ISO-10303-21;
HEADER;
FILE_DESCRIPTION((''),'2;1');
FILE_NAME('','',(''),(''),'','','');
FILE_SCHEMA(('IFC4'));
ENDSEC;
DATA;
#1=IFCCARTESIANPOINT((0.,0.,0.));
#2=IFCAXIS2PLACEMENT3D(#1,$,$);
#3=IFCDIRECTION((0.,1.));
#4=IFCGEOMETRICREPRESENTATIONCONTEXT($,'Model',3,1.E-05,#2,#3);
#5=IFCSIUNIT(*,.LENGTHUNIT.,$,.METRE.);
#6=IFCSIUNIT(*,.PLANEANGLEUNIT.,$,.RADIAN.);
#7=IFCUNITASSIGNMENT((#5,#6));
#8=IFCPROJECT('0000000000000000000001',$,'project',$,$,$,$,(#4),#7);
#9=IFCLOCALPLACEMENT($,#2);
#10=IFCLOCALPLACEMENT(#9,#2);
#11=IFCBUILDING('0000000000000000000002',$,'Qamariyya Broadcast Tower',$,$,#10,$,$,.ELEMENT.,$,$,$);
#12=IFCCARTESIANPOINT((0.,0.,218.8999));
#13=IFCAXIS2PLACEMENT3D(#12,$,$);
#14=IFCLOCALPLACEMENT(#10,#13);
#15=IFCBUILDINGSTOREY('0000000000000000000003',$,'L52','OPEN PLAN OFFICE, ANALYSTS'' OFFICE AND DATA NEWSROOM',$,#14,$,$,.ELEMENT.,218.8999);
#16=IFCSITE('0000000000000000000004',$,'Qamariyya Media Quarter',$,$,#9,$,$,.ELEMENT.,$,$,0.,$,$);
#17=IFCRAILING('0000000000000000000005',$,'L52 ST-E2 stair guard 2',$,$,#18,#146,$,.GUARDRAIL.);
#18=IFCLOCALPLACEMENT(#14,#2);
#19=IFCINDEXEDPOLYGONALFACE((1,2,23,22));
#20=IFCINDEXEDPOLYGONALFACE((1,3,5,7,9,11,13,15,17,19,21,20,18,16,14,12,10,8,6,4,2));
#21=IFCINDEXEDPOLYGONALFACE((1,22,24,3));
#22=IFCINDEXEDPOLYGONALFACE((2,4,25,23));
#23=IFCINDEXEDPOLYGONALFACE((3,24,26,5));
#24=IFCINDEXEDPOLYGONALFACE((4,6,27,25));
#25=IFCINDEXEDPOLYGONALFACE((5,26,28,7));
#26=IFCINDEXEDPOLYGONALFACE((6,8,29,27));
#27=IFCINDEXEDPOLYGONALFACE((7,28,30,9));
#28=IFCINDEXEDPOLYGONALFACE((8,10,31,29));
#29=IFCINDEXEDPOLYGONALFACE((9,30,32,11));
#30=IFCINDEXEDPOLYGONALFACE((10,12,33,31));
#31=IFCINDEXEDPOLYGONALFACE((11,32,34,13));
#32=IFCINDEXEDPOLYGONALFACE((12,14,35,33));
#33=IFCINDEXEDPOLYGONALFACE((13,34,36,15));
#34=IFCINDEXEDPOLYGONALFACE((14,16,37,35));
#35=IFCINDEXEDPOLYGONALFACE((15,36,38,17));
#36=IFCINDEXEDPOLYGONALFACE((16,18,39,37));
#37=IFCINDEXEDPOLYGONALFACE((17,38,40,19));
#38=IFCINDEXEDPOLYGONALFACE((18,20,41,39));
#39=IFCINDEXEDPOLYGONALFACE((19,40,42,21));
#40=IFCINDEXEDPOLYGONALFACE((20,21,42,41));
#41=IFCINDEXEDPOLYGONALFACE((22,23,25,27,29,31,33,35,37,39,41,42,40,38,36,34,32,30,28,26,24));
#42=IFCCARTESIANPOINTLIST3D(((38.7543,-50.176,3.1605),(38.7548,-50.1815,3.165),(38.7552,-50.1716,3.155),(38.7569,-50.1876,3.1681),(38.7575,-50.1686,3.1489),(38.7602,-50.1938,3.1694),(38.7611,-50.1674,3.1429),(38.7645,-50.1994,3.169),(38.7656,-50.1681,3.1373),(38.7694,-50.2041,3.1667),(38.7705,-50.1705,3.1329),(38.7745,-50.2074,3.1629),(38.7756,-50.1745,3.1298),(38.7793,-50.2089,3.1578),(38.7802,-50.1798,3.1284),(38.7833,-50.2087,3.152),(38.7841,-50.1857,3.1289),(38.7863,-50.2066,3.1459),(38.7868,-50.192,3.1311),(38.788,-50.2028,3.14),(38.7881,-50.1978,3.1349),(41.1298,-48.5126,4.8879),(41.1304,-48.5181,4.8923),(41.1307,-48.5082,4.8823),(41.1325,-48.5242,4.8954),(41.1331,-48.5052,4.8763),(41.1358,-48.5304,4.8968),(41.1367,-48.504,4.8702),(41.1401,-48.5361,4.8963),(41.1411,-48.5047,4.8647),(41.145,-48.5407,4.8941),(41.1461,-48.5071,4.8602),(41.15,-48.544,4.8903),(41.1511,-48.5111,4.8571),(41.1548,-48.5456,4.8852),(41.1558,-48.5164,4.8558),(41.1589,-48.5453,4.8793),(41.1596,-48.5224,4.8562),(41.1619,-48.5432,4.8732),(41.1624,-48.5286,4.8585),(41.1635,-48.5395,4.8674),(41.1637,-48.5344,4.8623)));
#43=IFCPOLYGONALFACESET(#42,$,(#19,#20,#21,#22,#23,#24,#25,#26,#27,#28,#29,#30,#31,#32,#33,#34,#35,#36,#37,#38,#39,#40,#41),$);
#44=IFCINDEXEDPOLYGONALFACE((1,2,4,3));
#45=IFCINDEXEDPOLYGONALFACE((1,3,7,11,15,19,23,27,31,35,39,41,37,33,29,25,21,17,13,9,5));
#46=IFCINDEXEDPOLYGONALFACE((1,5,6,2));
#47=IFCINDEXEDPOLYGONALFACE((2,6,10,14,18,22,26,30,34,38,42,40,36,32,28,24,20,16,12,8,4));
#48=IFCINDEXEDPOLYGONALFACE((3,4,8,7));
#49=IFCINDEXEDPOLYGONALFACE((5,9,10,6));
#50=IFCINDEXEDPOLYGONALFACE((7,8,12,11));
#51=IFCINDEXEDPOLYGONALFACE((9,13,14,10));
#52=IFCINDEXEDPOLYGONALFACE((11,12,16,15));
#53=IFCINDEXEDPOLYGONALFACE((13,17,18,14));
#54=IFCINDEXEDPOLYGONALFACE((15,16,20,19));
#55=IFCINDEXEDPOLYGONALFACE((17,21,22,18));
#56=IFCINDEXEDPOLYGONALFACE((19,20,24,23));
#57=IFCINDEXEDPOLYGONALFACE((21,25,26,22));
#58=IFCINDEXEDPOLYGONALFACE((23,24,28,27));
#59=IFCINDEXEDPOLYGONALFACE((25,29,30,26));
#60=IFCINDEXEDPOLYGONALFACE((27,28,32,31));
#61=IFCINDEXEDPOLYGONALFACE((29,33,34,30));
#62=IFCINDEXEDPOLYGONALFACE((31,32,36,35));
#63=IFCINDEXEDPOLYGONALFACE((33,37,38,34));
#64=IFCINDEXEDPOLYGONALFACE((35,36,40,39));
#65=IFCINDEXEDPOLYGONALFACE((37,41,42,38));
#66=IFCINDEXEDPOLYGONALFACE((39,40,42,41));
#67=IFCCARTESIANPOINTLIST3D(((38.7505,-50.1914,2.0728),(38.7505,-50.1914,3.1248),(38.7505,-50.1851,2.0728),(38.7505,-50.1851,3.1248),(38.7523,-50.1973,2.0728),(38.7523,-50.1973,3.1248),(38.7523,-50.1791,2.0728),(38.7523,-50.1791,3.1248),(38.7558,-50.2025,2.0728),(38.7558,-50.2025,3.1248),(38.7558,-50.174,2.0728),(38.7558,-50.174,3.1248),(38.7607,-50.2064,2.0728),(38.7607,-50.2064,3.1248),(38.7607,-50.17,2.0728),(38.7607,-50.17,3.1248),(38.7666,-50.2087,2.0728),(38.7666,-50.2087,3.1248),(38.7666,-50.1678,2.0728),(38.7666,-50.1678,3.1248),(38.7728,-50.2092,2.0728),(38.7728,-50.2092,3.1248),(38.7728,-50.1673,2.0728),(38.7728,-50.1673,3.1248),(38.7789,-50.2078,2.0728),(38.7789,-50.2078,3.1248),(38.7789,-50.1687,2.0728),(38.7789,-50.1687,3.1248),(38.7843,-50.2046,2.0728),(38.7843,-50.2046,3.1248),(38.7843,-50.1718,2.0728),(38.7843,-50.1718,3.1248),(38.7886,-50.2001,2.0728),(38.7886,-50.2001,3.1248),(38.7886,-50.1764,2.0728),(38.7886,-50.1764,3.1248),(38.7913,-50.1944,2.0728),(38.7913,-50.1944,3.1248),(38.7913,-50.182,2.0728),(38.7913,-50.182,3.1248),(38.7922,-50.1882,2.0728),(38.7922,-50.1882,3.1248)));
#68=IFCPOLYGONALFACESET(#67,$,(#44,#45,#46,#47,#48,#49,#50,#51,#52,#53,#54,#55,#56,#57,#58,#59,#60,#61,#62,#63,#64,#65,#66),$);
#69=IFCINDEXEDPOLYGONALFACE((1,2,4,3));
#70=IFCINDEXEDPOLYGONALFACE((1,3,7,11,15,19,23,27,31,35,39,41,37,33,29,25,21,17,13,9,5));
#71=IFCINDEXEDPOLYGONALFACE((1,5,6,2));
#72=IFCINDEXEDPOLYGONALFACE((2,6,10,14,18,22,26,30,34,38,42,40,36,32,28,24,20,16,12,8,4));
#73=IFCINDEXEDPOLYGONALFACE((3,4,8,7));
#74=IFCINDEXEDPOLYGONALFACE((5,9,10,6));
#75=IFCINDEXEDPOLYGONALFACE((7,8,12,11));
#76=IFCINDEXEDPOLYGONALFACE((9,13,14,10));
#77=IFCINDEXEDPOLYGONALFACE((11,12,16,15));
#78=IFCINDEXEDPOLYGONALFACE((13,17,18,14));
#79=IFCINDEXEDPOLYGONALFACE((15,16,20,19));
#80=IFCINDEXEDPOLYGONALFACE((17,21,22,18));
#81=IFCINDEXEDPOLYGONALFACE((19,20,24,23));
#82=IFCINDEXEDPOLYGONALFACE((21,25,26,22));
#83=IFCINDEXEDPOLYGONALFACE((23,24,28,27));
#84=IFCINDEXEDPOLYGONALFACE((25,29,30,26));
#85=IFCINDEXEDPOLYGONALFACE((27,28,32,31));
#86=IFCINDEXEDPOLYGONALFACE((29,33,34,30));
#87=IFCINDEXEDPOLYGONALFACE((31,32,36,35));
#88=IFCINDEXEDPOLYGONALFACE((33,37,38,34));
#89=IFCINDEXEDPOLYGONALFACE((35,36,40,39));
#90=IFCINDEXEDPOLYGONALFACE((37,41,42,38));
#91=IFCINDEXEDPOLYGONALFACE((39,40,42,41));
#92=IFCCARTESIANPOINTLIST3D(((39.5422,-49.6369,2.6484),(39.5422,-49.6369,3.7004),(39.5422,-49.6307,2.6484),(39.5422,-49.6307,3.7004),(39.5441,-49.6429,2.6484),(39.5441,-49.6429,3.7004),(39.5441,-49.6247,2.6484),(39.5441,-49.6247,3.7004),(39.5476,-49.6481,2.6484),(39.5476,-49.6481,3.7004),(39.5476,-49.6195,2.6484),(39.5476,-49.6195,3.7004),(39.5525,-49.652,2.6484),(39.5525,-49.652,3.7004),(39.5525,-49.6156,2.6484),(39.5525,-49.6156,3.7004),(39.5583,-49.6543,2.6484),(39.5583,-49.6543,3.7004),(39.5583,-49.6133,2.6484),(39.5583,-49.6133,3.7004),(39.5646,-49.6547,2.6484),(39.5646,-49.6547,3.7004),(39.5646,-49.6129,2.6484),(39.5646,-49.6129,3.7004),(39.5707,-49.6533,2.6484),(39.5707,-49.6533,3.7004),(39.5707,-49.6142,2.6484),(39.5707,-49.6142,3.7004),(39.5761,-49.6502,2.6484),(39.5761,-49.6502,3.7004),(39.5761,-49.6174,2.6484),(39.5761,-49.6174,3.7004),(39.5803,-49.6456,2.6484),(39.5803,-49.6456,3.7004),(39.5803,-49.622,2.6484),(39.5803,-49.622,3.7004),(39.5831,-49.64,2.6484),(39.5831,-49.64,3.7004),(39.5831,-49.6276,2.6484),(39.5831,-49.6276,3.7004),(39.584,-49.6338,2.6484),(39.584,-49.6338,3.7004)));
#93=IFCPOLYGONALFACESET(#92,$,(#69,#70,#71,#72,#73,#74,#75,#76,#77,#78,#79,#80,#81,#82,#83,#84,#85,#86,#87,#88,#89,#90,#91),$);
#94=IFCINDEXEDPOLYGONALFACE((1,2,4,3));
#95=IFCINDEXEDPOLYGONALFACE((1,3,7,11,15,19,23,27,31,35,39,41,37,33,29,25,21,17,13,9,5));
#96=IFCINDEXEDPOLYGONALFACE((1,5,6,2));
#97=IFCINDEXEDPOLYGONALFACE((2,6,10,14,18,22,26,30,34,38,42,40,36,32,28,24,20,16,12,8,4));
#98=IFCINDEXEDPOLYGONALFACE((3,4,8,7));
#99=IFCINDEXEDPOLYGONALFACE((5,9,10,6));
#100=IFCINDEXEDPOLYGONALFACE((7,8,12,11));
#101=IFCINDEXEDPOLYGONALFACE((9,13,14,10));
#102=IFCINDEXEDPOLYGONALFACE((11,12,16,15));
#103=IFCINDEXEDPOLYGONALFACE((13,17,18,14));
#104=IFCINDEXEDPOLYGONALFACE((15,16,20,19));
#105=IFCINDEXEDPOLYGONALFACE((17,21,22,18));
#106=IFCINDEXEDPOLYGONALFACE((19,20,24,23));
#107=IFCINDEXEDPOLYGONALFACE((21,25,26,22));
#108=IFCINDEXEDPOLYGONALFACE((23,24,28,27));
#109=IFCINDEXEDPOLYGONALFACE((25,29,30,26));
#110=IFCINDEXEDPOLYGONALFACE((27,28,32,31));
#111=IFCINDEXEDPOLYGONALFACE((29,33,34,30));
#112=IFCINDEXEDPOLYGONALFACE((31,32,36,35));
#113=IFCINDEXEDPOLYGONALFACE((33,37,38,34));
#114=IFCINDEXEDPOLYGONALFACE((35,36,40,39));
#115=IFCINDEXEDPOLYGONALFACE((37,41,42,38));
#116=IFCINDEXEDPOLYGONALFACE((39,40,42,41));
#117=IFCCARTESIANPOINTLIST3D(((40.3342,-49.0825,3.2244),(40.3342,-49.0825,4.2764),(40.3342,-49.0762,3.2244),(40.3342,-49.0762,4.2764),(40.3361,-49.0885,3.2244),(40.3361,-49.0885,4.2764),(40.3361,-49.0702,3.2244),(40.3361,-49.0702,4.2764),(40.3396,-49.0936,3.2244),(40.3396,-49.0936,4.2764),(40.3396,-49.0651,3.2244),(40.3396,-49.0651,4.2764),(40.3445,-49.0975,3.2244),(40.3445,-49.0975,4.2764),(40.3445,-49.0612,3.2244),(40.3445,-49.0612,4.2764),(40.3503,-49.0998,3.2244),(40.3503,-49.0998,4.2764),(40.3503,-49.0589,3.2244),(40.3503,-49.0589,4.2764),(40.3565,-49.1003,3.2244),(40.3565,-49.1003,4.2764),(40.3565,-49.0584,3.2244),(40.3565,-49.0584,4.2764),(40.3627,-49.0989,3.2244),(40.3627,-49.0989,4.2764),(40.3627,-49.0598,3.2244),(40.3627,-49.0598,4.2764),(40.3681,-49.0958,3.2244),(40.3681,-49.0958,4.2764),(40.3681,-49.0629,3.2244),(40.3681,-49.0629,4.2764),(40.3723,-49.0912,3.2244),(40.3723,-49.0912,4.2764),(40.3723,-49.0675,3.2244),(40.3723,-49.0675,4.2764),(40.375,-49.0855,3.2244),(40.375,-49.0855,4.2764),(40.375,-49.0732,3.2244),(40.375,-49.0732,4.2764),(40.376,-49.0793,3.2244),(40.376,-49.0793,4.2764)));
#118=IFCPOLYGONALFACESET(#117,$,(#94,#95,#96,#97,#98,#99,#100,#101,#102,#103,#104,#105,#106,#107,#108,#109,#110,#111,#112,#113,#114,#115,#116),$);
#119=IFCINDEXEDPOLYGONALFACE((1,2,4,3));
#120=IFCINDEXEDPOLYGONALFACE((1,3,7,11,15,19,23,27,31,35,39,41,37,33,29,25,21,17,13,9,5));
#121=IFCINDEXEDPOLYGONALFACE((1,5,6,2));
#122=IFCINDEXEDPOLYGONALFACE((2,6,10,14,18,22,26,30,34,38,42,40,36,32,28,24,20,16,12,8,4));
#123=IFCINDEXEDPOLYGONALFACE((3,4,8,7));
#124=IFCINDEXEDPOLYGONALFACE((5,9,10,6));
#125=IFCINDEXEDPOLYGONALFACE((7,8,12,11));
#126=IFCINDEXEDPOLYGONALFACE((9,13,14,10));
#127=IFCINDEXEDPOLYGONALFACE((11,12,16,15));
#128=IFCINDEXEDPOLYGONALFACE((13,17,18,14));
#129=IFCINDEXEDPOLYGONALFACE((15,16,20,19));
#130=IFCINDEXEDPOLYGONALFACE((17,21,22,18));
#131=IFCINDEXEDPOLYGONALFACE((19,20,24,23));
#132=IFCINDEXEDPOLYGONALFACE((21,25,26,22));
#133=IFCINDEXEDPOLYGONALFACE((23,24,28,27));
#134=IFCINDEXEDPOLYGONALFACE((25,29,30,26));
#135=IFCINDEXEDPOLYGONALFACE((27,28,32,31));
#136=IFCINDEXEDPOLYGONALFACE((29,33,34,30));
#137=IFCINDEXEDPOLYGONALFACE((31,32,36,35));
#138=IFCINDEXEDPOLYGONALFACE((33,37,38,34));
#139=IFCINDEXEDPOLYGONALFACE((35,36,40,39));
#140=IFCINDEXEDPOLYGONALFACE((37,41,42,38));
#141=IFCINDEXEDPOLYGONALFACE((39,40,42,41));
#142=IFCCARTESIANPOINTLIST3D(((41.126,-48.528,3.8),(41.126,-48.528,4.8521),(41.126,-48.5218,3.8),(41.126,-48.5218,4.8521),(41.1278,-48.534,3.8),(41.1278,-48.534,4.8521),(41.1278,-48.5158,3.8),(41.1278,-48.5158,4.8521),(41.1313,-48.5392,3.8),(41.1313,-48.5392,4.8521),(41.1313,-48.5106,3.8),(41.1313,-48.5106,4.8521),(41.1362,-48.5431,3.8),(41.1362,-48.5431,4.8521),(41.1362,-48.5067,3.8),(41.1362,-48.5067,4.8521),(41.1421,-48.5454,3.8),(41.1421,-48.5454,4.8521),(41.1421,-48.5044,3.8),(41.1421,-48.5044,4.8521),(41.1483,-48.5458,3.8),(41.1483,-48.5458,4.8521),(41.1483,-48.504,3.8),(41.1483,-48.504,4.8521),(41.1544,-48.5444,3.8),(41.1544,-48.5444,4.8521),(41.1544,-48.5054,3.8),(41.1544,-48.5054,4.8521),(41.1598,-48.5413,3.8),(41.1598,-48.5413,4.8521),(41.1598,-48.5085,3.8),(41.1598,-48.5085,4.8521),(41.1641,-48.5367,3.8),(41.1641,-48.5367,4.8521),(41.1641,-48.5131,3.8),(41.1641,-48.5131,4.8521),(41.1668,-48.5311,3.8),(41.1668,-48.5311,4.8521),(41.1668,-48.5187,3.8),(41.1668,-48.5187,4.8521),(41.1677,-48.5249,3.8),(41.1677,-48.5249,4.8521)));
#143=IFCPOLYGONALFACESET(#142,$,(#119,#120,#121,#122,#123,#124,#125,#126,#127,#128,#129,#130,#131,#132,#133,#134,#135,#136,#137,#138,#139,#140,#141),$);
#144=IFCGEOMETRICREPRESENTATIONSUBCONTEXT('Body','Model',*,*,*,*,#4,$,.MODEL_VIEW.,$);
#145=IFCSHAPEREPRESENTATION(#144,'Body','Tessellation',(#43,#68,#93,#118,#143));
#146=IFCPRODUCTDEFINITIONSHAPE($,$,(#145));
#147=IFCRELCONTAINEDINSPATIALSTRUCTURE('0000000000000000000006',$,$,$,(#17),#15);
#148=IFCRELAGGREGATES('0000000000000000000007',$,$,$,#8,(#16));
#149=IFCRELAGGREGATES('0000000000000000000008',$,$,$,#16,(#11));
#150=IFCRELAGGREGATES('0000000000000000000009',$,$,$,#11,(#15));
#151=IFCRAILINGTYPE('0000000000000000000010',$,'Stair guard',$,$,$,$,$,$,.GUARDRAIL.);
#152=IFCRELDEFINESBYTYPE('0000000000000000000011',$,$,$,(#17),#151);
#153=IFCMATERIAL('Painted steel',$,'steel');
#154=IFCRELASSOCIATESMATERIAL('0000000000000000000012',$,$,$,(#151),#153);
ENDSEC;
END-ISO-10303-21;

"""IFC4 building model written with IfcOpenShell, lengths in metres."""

from ifc_helpers import new_model, si_unit, direction, frame, origin, origin_2d, place, context, subcontext, project, spatial, circle, extrude, material, type_object, element, save


model = new_model("IFC4")

# Units and contexts
model_context = context("Model", 3, precision=1e-05, world=origin(), true_north=direction((0.0, 1.0)))
body_context = subcontext(model_context, "Body", "Model", "MODEL_VIEW")
ifc_project = project(units=[si_unit("LENGTHUNIT", "METRE"), si_unit("PLANEANGLEUNIT", "RADIAN")], contexts=[model_context])

# Site, building, storey
site_placement = place(None, origin())
site = spatial("IfcSite", under=ifc_project, at=site_placement, Name="Qamariyya Media Quarter", CompositionType="ELEMENT", RefElevation=0.0)
building_placement = place(site_placement, origin())
building = spatial("IfcBuilding", under=site, at=building_placement, Name="Qamariyya Broadcast Tower", CompositionType="ELEMENT")
storey_placement = place(building_placement, frame((0.0, 0.0, 218.8999)))
storey = spatial("IfcBuildingStorey", under=building, at=storey_placement, Name="L52", Description="OPEN PLAN OFFICE, ANALYSTS' OFFICE AND DATA NEWSROOM", CompositionType="ELEMENT", Elevation=218.8999)

# Railing
ifc_material_1 = material(Name="Painted steel", Category="steel")
railing_type_1 = type_object("IfcRailingType", Name="Stair guard", PredefinedType="GUARDRAIL", material=ifc_material_1)
railing_1_placement = place(storey_placement, frame((38.7712, -50.1882, 2.0728)))
element("IfcRailing", 1, at=railing_1_placement, inside=storey, type_object=railing_type_1, Name="L52 ST-E2 stair guard 2", PredefinedType="GUARDRAIL", context=body_context, shape_type="SweptSolid", body=[
    extrude(circle(Radius=0.0239, at=origin_2d()), frame((0.0, 0.0, 1.0762), z_axis=(0.70377, 0.492784, 0.511734), x_axis=(-0.573575, 0.819153, 0.0)), (0.0, 0.0, 1.0), 3.3755),
    extrude(circle(Radius=0.021, at=origin_2d()), origin(), (0.0, 0.0, 1.0), 1.052),
    extrude(circle(Radius=0.021, at=origin_2d()), frame((0.7917, 0.5544, 0.5757)), (0.0, 0.0, 1.0), 1.052),
    extrude(circle(Radius=0.021, at=origin_2d()), frame((1.5837, 1.1089, 1.1516)), (0.0, 0.0, 1.0), 1.052),
    extrude(circle(Radius=0.021, at=origin_2d()), frame((2.3755, 1.6633, 1.7273)), (0.0, 0.0, 1.0), 1.052),
])

save(model, "model.ifc")
